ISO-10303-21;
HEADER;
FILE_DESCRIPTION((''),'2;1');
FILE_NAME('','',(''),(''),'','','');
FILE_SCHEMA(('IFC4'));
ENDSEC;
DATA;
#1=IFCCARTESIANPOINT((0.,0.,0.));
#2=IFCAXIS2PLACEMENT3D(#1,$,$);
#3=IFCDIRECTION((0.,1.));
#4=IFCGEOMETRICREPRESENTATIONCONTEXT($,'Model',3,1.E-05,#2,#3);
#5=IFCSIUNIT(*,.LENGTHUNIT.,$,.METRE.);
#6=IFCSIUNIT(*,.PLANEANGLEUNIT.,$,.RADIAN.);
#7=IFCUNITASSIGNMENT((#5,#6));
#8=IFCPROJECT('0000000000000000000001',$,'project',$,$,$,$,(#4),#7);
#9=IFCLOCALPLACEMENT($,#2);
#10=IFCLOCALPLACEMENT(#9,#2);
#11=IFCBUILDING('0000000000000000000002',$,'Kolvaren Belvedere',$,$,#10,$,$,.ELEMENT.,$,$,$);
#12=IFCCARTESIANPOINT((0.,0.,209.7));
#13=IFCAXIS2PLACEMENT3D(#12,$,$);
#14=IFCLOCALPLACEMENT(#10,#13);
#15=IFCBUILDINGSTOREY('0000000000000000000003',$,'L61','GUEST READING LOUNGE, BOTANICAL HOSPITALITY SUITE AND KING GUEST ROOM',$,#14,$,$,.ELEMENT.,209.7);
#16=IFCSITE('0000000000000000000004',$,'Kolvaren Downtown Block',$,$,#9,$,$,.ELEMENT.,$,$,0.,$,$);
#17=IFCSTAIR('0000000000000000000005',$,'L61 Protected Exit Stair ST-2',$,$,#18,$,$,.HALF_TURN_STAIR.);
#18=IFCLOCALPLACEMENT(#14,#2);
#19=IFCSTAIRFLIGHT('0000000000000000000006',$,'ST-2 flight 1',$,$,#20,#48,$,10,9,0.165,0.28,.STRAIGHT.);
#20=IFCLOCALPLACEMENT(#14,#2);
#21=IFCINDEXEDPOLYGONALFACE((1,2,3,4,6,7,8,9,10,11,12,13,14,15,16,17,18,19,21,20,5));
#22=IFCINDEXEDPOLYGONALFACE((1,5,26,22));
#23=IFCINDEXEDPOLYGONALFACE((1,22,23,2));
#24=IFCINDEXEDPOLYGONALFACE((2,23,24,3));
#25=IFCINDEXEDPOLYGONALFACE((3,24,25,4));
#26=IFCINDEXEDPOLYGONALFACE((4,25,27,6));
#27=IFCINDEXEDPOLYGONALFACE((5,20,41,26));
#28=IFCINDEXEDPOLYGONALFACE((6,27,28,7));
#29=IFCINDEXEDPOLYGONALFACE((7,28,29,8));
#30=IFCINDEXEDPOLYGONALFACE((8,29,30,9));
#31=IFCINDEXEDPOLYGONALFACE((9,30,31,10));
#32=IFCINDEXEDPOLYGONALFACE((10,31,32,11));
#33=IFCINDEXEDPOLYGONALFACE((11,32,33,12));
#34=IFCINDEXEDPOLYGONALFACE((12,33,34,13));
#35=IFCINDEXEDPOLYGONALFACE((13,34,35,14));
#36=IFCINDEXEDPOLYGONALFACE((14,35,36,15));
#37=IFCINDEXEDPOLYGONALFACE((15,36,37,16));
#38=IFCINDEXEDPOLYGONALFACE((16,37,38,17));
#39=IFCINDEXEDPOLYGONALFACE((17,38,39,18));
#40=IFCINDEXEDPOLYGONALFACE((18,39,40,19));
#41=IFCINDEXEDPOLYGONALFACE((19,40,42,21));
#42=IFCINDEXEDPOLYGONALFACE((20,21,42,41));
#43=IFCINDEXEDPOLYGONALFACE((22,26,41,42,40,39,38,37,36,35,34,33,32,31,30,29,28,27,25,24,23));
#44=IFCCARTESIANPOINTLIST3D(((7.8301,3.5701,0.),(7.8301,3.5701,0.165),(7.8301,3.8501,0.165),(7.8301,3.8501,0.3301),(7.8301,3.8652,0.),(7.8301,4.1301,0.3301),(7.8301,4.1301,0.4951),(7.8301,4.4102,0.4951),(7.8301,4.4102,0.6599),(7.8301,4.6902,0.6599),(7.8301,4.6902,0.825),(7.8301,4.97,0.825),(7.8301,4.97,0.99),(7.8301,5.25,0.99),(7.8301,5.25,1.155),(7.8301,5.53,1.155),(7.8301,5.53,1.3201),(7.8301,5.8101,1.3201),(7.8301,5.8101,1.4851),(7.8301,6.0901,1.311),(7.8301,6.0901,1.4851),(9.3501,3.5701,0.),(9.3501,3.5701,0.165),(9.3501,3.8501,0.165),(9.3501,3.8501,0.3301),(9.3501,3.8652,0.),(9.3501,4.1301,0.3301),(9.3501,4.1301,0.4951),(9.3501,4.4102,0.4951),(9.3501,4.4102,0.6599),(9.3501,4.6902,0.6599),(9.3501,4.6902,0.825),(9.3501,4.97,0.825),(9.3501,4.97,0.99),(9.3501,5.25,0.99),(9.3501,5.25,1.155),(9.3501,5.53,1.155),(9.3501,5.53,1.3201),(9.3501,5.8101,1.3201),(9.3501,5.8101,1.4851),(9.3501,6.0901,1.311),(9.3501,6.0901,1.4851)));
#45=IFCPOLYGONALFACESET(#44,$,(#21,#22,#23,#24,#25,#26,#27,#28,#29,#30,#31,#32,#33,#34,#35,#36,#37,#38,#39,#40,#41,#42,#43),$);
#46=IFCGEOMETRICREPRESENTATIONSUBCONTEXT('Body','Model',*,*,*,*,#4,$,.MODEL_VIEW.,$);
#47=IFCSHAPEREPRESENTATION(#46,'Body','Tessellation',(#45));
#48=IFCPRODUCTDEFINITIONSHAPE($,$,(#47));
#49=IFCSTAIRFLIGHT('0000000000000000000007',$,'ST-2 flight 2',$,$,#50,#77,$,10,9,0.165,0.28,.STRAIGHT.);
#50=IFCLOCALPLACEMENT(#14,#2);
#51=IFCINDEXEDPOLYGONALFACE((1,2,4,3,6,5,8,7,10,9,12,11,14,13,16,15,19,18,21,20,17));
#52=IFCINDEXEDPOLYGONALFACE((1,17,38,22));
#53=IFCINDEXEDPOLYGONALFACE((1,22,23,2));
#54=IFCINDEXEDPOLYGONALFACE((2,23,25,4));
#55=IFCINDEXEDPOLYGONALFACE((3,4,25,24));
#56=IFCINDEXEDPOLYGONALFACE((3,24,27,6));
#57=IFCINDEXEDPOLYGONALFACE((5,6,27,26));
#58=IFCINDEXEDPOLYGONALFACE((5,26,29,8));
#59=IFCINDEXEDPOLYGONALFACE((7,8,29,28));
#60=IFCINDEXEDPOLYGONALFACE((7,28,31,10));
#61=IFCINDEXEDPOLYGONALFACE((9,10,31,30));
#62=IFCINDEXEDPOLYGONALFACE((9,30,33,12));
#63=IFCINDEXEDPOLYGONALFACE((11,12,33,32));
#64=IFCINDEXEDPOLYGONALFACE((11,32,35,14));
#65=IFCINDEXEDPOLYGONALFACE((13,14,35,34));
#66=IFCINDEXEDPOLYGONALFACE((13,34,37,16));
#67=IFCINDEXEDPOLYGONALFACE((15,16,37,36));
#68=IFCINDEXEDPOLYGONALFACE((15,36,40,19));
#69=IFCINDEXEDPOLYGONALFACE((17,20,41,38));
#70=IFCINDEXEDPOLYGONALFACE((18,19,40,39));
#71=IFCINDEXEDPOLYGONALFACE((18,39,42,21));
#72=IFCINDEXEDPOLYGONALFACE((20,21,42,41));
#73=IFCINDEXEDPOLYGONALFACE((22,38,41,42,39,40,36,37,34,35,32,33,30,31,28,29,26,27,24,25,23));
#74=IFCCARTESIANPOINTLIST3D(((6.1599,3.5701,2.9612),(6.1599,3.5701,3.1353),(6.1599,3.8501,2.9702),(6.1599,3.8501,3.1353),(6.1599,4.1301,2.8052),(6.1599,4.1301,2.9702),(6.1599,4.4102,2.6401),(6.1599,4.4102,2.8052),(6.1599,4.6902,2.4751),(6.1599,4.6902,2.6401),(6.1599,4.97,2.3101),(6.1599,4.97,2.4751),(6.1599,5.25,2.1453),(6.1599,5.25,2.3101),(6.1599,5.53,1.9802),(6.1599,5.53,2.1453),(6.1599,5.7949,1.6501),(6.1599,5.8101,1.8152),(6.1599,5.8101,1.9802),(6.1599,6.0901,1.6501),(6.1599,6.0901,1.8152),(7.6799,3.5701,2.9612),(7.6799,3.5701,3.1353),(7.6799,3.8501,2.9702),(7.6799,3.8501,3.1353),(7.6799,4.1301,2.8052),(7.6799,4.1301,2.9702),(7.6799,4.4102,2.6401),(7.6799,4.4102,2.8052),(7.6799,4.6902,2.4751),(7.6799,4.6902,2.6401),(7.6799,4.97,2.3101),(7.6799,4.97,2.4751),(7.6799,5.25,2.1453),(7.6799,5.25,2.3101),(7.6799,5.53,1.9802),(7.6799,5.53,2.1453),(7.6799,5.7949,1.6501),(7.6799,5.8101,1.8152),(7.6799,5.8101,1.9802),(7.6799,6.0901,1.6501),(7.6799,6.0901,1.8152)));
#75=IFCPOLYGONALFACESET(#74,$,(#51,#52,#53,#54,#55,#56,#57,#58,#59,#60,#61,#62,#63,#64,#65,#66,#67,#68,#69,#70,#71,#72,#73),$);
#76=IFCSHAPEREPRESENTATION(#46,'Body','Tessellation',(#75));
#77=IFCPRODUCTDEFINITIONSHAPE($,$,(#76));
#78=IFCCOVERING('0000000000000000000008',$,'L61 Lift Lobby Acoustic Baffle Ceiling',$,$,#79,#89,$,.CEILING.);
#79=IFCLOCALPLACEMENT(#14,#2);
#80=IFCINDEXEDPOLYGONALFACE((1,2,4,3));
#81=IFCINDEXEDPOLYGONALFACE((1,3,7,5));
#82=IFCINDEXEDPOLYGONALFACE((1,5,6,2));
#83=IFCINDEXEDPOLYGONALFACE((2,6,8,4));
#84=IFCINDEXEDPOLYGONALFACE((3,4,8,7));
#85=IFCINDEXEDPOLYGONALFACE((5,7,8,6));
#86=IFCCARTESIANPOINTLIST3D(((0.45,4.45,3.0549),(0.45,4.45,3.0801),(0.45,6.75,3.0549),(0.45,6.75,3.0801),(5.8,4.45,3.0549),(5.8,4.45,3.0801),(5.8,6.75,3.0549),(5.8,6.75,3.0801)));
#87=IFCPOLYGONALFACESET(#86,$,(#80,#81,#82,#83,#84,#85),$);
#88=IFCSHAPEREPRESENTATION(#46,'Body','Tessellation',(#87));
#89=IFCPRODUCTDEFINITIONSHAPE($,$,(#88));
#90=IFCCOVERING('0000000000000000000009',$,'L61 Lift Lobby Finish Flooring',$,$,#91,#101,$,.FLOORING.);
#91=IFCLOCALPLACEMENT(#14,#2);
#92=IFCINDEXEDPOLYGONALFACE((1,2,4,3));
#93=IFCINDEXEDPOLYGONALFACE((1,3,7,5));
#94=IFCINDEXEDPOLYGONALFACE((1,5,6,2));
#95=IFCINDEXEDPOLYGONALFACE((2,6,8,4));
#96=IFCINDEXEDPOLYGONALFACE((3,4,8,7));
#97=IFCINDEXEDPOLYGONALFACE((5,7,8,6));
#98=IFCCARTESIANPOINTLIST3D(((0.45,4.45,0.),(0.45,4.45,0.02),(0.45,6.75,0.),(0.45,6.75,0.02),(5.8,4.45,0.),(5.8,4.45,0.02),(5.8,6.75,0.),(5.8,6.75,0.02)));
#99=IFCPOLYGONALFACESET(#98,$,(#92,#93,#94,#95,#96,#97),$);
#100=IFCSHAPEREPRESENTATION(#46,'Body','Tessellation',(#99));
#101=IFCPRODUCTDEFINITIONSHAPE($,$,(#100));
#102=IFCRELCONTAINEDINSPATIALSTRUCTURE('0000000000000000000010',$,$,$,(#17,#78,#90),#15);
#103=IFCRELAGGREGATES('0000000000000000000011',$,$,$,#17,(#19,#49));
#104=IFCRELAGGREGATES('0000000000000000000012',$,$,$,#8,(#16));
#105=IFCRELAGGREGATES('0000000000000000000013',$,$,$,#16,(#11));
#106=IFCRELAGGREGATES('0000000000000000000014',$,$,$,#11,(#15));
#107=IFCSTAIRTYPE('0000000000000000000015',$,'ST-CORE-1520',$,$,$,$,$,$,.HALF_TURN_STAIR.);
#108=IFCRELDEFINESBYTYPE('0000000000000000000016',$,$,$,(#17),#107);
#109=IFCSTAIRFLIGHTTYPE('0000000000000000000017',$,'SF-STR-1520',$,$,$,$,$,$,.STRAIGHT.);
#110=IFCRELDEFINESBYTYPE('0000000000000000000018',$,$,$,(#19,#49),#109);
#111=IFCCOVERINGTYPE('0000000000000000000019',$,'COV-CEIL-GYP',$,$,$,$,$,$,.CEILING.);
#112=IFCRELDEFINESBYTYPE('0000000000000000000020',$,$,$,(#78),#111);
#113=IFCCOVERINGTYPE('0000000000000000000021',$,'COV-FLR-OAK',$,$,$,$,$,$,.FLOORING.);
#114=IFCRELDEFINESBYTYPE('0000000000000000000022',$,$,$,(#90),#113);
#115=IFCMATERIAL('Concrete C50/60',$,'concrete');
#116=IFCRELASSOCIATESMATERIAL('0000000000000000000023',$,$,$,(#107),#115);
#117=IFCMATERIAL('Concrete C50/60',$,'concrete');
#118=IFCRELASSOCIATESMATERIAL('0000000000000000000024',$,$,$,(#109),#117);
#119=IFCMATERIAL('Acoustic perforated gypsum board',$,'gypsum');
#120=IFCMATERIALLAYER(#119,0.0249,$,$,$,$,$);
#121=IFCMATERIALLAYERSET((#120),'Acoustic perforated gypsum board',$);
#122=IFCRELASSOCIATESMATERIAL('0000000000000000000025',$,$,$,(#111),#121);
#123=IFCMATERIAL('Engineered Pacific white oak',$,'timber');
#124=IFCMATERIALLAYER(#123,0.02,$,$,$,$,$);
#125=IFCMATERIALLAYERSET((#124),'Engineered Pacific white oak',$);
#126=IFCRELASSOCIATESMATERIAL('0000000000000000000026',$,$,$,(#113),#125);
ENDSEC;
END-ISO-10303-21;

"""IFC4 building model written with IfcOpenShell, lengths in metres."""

from ifc_helpers import new_model, si_unit, direction, frame, origin, place, context, subcontext, project, spatial, polyline, outline, extrude, material, layer, layer_set, type_object, element, aggregate, save


model = new_model("IFC4")

# Units and contexts
model_context = context("Model", 3, precision=1e-05, world=origin(), true_north=direction((0.0, 1.0)))
body_context = subcontext(model_context, "Body", "Model", "MODEL_VIEW")
ifc_project = project(units=[si_unit("LENGTHUNIT", "METRE"), si_unit("PLANEANGLEUNIT", "RADIAN")], contexts=[model_context])

# Site, building, storey
site_placement = place(None, origin())
site = spatial("IfcSite", under=ifc_project, at=site_placement, Name="Kolvaren Downtown Block", CompositionType="ELEMENT", RefElevation=0.0)
building_placement = place(site_placement, origin())
building = spatial("IfcBuilding", under=site, at=building_placement, Name="Kolvaren Belvedere", CompositionType="ELEMENT")
storey_placement = place(building_placement, frame((0.0, 0.0, 209.7)))
storey = spatial("IfcBuildingStorey", under=building, at=storey_placement, Name="L61", Description="GUEST READING LOUNGE, BOTANICAL HOSPITALITY SUITE AND KING GUEST ROOM", CompositionType="ELEMENT", Elevation=209.7)

# Stair, stair flights
ifc_material_1 = material(Name="Concrete C50/60", Category="concrete")
stair_type = type_object("IfcStairType", Name="ST-CORE-1520", PredefinedType="HALF_TURN_STAIR", material=ifc_material_1)
stair_placement = place(storey_placement, origin())
stair = element("IfcStair", 1, at=stair_placement, inside=storey, type_object=stair_type, Name="L61 Protected Exit Stair ST-2", PredefinedType="HALF_TURN_STAIR")
ifc_material_2 = material(Name="Concrete C50/60", Category="concrete")
stair_flight_type = type_object("IfcStairFlightType", Name="SF-STR-1520", PredefinedType="STRAIGHT", material=ifc_material_2)
stair_flight_1_placement = place(storey_placement, frame((8.5901, 3.5701, 0.0), z_axis=(0.0, 0.0, 1.0), x_axis=(0.0, 1.0, 0.0)))
stair_flight_1 = element("IfcStairFlight", 2, at=stair_flight_1_placement, type_object=stair_flight_type, Name="ST-2 flight 1", NumberOfRisers=10, NumberOfTreads=9, PredefinedType="STRAIGHT", RiserHeight=0.165, TreadLength=0.28, context=body_context, shape_type="SweptSolid", body=[
    extrude(outline(polyline([(0.0, 0.0), (0.0, 0.165), (0.28, 0.165), (0.28, 0.3301), (0.5601, 0.3301), (0.5601, 0.4951), (0.8401, 0.4951), (0.8401, 0.6599), (1.1201, 0.6599), (1.1201, 0.825), (1.3999, 0.825), (1.3999, 0.99), (1.6799, 0.99), (1.6799, 1.155), (1.96, 1.155), (1.96, 1.3201), (2.24, 1.3201), (2.24, 1.4851), (2.52, 1.4851), (2.52, 1.6499), (2.52, 1.311), (0.2952, 0.0), (0.0, 0.0)])), frame((0.0, 0.76, 0.0), z_axis=(0.0, -1.0, 0.0), x_axis=(1.0, 0.0, 0.0)), (0.0, 0.0, 1.0), 1.52),
])
stair_flight_2_placement = place(storey_placement, frame((6.9199, 6.0901, 1.6501), z_axis=(0.0, 0.0, 1.0), x_axis=(0.0, -1.0, 0.0)))
stair_flight_2 = element("IfcStairFlight", 3, at=stair_flight_2_placement, type_object=stair_flight_type, Name="ST-2 flight 2", NumberOfRisers=10, NumberOfTreads=9, PredefinedType="STRAIGHT", RiserHeight=0.165, TreadLength=0.28, context=body_context, shape_type="SweptSolid", body=[
    extrude(outline(polyline([(0.0, 0.0), (0.0, 0.165), (0.28, 0.165), (0.28, 0.3301), (0.5601, 0.3301), (0.5601, 0.4951), (0.8401, 0.4951), (0.8401, 0.6599), (1.1201, 0.6599), (1.1201, 0.825), (1.3999, 0.825), (1.3999, 0.99), (1.6799, 0.99), (1.6799, 1.155), (1.96, 1.155), (1.96, 1.3201), (2.24, 1.3201), (2.24, 1.4851), (2.52, 1.4851), (2.52, 1.6499), (2.52, 1.311), (0.2952, 0.0), (0.0, 0.0)])), frame((0.0, 0.76, 0.0), z_axis=(0.0, -1.0, 0.0), x_axis=(1.0, 0.0, 0.0)), (0.0, 0.0, 1.0), 1.52),
])
aggregate(stair, [stair_flight_1, stair_flight_2])

# Coverings
ifc_material_3 = material(Name="Acoustic perforated gypsum board", Category="gypsum")
ifc_layer_1 = layer(ifc_material_3, 0.0249)
ifc_layer_set_1 = layer_set([ifc_layer_1], Name="Acoustic perforated gypsum board")
covering_type_1 = type_object("IfcCoveringType", Name="COV-CEIL-GYP", PredefinedType="CEILING", material=ifc_layer_set_1)
covering_1_placement = place(storey_placement, frame((0.0, 0.0, 3.0549)))
element("IfcCovering", 4, at=covering_1_placement, inside=storey, type_object=covering_type_1, Name="L61 Lift Lobby Acoustic Baffle Ceiling", PredefinedType="CEILING", context=body_context, shape_type="SweptSolid", body=[
    extrude(outline(polyline([(0.45, 4.45), (5.8, 4.45), (5.8, 6.75), (0.45, 6.75), (0.45, 4.45)])), origin(), (0.0, 0.0, 1.0), 0.0251),
])
ifc_material_4 = material(Name="Engineered Pacific white oak", Category="timber")
ifc_layer_2 = layer(ifc_material_4, 0.02)
ifc_layer_set_2 = layer_set([ifc_layer_2], Name="Engineered Pacific white oak")
covering_type_2 = type_object("IfcCoveringType", Name="COV-FLR-OAK", PredefinedType="FLOORING", material=ifc_layer_set_2)
covering_2_placement = place(storey_placement, origin())
element("IfcCovering", 5, at=covering_2_placement, inside=storey, type_object=covering_type_2, Name="L61 Lift Lobby Finish Flooring", PredefinedType="FLOORING", context=body_context, shape_type="SweptSolid", body=[
    extrude(outline(polyline([(0.45, 4.45), (5.8, 4.45), (5.8, 6.75), (0.45, 6.75), (0.45, 4.45)])), origin(), (0.0, 0.0, 1.0), 0.02),
])

save(model, "model.ifc")
